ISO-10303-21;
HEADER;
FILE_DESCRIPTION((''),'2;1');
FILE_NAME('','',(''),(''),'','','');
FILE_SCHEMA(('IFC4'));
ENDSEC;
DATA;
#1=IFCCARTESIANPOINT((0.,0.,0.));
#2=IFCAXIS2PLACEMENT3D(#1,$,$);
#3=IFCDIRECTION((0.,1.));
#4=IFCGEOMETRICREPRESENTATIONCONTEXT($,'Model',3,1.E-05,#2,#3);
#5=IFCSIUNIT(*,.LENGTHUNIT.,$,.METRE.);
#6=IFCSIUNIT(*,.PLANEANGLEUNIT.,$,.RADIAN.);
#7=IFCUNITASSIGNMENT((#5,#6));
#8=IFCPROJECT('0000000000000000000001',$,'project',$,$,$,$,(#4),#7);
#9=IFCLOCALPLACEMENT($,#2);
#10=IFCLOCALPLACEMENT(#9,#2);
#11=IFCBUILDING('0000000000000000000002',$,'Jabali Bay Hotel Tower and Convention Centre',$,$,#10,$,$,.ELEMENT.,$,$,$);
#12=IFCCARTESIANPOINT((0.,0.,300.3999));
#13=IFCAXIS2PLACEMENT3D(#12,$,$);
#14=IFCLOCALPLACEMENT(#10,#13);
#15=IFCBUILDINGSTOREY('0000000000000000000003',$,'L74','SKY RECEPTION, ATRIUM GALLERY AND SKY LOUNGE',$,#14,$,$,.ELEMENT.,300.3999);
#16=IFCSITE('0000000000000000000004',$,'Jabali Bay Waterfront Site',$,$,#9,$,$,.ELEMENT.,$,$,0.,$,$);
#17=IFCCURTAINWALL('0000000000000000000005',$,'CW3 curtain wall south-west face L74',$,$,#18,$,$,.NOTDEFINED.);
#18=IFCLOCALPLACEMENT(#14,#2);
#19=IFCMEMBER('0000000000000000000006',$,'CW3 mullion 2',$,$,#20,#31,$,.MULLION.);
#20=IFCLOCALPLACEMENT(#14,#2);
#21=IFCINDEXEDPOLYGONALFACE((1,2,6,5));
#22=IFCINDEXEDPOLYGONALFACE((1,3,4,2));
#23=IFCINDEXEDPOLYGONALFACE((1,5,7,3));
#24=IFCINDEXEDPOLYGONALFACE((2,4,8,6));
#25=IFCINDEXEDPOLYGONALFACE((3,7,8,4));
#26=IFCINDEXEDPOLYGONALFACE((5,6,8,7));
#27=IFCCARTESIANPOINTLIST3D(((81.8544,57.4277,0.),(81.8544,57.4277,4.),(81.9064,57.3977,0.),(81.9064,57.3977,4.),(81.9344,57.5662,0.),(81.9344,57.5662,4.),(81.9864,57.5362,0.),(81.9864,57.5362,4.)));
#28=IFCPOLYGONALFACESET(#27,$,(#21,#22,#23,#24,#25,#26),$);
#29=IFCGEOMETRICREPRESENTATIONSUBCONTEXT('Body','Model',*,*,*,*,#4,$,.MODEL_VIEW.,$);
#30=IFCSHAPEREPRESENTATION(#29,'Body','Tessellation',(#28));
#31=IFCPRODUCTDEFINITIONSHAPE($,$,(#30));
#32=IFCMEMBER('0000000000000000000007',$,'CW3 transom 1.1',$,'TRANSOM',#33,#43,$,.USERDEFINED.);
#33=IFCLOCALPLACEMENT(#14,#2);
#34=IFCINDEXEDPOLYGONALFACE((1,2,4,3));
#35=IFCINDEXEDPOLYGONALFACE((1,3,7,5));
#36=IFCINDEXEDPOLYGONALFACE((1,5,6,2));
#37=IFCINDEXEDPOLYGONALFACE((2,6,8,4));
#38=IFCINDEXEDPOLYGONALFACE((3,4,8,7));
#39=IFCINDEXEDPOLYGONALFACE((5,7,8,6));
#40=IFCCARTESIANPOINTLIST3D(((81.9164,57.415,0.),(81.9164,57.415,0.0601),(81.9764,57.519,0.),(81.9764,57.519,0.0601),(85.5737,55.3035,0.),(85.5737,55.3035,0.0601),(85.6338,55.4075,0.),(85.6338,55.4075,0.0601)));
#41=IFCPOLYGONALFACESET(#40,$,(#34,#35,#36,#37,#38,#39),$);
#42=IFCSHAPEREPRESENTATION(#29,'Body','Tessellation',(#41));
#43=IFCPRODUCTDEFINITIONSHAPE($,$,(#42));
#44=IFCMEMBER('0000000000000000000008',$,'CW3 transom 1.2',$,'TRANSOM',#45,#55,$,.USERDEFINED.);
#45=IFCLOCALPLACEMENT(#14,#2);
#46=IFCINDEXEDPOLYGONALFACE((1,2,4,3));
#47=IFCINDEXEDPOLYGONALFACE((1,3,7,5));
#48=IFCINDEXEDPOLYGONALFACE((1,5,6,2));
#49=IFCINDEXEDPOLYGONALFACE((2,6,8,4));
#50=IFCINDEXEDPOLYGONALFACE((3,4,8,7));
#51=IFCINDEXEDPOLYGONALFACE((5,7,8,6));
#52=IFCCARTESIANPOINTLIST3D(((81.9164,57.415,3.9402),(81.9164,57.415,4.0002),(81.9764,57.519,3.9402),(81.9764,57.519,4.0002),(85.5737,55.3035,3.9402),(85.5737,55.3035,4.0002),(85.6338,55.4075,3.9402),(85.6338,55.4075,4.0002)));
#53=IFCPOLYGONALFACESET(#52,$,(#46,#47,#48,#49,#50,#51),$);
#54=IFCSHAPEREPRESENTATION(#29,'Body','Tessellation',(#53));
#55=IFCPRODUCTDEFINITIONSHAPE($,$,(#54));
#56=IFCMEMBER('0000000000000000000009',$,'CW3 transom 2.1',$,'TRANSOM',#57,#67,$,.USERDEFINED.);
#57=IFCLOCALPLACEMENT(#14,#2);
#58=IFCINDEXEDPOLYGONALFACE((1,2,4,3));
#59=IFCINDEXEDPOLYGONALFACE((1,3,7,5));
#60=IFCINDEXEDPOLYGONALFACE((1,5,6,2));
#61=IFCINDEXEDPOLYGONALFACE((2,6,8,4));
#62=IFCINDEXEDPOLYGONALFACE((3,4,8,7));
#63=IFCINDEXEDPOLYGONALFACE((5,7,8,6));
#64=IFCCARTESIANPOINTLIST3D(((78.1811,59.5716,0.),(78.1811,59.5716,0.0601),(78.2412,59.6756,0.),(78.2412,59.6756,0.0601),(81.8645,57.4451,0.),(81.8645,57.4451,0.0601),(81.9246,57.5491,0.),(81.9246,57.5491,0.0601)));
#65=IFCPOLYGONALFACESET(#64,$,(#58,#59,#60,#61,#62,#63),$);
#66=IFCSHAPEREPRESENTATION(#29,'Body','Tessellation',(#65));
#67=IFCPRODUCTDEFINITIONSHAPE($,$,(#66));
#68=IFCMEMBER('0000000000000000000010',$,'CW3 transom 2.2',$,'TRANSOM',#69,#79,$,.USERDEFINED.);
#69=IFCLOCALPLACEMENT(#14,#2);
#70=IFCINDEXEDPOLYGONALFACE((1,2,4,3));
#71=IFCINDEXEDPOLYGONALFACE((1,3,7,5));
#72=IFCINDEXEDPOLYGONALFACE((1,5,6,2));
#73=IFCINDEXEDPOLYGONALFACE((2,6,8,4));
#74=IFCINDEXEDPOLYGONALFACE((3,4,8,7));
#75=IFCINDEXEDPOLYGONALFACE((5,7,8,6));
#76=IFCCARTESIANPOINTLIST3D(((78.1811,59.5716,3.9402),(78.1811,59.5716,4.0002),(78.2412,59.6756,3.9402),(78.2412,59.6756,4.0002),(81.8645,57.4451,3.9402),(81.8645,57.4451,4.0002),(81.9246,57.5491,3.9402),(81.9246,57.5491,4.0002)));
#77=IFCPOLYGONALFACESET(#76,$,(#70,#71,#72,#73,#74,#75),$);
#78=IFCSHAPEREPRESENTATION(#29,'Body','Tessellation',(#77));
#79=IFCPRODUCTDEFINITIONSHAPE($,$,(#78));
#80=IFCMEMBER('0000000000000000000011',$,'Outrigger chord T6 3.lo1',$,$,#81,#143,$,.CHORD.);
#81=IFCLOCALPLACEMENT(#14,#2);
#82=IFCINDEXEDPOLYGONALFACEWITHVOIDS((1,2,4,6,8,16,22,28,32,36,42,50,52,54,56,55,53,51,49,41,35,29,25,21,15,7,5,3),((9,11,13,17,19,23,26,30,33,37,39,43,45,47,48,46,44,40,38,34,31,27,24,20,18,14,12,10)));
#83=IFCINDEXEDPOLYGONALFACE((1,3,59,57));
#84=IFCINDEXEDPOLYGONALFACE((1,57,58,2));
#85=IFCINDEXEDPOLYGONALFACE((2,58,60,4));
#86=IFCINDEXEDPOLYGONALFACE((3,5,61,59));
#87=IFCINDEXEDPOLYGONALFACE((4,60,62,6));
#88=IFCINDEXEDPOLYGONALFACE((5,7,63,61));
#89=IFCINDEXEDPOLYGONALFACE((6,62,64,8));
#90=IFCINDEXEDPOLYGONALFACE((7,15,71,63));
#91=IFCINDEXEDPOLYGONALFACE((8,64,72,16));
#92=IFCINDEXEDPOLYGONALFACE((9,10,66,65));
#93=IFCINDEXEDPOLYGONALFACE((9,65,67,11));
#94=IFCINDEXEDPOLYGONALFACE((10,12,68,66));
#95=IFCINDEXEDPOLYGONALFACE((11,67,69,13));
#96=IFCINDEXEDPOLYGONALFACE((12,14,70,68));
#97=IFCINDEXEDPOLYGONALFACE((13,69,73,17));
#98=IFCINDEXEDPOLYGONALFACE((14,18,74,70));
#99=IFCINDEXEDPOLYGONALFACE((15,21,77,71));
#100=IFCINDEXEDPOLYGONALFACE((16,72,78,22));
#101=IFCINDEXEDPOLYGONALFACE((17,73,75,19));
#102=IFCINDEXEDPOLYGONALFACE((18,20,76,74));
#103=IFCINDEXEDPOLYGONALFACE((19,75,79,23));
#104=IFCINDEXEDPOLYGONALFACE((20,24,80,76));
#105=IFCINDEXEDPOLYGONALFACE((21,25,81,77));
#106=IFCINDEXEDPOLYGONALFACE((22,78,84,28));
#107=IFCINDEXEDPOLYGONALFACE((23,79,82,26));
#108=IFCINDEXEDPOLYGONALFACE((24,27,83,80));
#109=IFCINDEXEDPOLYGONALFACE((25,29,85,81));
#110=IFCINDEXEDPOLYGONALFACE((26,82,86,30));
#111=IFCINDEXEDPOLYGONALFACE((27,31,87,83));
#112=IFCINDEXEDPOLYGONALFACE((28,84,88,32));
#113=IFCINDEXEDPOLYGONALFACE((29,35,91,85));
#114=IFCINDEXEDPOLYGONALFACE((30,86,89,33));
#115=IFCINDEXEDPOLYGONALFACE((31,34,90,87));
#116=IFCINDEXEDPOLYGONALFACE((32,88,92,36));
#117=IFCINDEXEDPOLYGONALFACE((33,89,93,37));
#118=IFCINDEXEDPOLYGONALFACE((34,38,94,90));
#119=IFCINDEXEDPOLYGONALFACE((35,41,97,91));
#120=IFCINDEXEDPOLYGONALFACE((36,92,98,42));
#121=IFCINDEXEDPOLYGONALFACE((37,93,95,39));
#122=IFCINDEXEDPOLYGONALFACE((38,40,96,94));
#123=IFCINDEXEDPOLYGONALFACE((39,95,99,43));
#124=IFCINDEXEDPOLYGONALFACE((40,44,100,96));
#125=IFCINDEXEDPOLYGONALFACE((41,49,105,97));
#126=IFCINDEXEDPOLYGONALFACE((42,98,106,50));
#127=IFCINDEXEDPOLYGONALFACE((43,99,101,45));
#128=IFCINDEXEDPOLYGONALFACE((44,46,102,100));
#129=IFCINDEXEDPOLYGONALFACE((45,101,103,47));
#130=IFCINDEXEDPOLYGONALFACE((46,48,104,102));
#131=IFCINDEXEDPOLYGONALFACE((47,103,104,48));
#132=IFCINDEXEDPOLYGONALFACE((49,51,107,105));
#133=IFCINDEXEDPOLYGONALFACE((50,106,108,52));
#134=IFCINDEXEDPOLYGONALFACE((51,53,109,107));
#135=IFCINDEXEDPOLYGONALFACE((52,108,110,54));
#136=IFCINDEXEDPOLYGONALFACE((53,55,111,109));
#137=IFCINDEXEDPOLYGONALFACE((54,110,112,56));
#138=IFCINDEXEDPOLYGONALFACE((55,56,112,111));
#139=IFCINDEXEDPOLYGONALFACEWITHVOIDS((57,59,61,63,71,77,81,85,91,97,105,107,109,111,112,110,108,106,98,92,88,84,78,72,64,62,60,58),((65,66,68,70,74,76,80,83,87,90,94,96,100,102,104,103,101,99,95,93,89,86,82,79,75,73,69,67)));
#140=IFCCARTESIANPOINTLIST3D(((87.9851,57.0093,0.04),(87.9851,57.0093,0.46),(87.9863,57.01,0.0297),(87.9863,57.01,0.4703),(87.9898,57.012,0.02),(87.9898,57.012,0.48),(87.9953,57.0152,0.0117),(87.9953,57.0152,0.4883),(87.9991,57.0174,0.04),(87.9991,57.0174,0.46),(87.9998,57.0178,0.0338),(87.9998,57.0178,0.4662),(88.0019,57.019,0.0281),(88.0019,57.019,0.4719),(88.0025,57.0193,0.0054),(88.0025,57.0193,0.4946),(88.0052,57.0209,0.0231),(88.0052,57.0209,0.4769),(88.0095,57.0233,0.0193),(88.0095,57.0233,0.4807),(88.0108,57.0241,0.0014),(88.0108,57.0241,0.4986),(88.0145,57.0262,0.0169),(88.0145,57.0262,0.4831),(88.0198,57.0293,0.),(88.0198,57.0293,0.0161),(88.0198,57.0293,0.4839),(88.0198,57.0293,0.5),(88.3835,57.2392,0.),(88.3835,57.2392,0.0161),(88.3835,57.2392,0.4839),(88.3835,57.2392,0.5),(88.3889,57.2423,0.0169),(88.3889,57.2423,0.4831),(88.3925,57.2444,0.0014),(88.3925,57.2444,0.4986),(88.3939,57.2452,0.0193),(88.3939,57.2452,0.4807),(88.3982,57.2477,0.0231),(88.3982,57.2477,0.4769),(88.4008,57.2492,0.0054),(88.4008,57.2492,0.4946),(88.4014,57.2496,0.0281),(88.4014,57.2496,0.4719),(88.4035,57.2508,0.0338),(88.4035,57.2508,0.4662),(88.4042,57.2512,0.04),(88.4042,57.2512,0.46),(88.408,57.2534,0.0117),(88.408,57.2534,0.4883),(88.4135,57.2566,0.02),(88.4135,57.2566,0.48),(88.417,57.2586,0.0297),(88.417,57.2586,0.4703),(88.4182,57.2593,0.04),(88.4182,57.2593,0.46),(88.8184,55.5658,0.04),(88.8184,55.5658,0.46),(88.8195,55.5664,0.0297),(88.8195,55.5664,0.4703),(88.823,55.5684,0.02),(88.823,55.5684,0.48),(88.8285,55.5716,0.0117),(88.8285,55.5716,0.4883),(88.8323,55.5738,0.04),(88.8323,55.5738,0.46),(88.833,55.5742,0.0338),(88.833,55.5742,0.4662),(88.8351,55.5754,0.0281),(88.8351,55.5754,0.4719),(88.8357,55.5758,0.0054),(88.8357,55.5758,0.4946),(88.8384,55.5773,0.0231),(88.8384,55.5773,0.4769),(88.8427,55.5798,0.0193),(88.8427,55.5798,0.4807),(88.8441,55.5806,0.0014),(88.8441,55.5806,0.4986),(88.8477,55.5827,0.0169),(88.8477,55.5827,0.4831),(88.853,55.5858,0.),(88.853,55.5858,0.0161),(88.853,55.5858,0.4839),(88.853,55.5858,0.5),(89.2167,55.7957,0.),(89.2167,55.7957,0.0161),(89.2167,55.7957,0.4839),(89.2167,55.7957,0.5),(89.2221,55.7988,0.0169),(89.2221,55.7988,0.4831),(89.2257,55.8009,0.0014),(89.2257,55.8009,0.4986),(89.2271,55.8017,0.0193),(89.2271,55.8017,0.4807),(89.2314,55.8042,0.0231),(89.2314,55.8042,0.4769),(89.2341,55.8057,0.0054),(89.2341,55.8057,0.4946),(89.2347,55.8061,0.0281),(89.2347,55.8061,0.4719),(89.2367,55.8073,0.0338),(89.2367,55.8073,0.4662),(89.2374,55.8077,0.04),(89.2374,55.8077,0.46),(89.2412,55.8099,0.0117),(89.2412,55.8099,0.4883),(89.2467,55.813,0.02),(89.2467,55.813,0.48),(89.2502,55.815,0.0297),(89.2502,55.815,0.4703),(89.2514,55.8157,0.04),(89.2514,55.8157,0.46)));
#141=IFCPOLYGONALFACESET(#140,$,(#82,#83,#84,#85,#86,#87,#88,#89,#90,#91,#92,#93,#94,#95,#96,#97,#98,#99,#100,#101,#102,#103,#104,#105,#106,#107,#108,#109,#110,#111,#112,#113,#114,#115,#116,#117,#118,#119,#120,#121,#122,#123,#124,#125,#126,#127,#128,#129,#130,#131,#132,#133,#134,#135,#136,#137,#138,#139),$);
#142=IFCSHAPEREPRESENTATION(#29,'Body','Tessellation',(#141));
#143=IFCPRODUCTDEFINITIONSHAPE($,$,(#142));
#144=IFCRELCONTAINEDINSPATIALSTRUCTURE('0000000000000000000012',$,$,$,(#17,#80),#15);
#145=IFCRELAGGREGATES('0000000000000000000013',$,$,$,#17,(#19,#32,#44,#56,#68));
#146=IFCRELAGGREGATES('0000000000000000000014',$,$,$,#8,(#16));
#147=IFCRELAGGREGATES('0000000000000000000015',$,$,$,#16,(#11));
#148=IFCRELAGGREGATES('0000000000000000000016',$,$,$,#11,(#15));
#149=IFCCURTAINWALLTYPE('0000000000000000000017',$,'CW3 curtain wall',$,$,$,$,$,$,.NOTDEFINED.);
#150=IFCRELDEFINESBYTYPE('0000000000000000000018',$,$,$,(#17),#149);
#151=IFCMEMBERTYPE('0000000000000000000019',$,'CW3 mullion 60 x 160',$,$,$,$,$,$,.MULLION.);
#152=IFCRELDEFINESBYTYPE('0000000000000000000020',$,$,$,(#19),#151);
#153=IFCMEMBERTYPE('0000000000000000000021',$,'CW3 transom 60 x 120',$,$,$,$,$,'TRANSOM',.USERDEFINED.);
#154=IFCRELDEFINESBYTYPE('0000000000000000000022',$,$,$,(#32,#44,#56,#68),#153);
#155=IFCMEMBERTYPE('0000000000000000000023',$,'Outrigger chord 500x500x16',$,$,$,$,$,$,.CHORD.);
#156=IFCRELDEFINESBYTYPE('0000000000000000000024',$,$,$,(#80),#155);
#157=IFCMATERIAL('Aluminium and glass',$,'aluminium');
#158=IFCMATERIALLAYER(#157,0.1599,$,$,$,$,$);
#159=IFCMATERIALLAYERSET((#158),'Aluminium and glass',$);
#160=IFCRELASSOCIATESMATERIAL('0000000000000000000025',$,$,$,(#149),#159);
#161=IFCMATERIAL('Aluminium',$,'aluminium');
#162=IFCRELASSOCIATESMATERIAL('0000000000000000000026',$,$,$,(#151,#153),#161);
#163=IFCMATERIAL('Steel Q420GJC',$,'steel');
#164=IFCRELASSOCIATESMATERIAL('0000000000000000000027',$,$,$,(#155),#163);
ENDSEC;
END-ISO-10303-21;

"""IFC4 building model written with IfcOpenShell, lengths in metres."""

from ifc_helpers import new_model, si_unit, direction, frame, origin, origin_2d, place, context, subcontext, project, spatial, rectangle, hollow_rectangle, extrude, material, layer, layer_set, material_profile, profile_set, type_object, element, aggregate, save


model = new_model("IFC4")

# Units and contexts
model_context = context("Model", 3, precision=1e-05, world=origin(), true_north=direction((0.0, 1.0)))
body_context = subcontext(model_context, "Body", "Model", "MODEL_VIEW")
ifc_project = project(units=[si_unit("LENGTHUNIT", "METRE"), si_unit("PLANEANGLEUNIT", "RADIAN")], contexts=[model_context])

# Site, building, storey
site_placement = place(None, origin())
site = spatial("IfcSite", under=ifc_project, at=site_placement, Name="Jabali Bay Waterfront Site", CompositionType="ELEMENT", RefElevation=0.0)
building_placement = place(site_placement, origin())
building = spatial("IfcBuilding", under=site, at=building_placement, Name="Jabali Bay Hotel Tower and Convention Centre", CompositionType="ELEMENT")
storey_placement = place(building_placement, frame((0.0, 0.0, 300.3999)))
storey = spatial("IfcBuildingStorey", under=building, at=storey_placement, Name="L74", Description="SKY RECEPTION, ATRIUM GALLERY AND SKY LOUNGE", CompositionType="ELEMENT", Elevation=300.3999)

# Shared definitions
ifc_material_1 = material(Name="Steel Q420GJC", Category="steel")

# Curtain wall, members
ifc_material_2 = material(Name="Aluminium and glass", Category="aluminium")
ifc_layer_1 = layer(ifc_material_2, 0.1599)
ifc_layer_set_1 = layer_set([ifc_layer_1], Name="Aluminium and glass")
curtain_wall_type = type_object("IfcCurtainWallType", Name="CW3 curtain wall", PredefinedType="NOTDEFINED", material=ifc_layer_set_1)
curtain_wall_placement = place(storey_placement, origin())
curtain_wall = element("IfcCurtainWall", 1, at=curtain_wall_placement, inside=storey, type_object=curtain_wall_type, Name="CW3 curtain wall south-west face L74", PredefinedType="NOTDEFINED")
ifc_material_3 = material(Name="Aluminium", Category="aluminium")
ifc_material_profile_1 = material_profile(ifc_material_3, rectangle(XDim=0.1599, YDim=0.0601, at=origin_2d()), Name="CW3 mullion 60 x 160")
ifc_profile_set_1 = profile_set([ifc_material_profile_1], Name="Aluminium")
member_type_1 = type_object("IfcMemberType", Name="CW3 mullion 60 x 160", PredefinedType="MULLION", material=ifc_profile_set_1)
member_1_placement = place(storey_placement, frame((81.9204, 57.4819, 0.0), z_axis=(0.0, 0.0, 1.0), x_axis=(-0.5, -0.866025, 0.0)))
member_1 = element("IfcMember", 2, at=member_1_placement, type_object=member_type_1, Name="CW3 mullion 2", PredefinedType="MULLION", context=body_context, shape_type="SweptSolid", body=[
    extrude(rectangle(XDim=0.1599, YDim=0.0601, at=origin_2d()), origin(), (0.0, 0.0, 1.0), 4.0),
])
ifc_material_profile_2 = material_profile(ifc_material_3, rectangle(XDim=0.1201, YDim=0.0601, at=origin_2d()), Name="CW3 transom 60 x 120")
ifc_profile_set_2 = profile_set([ifc_material_profile_2], Name="Aluminium")
member_type_2 = type_object("IfcMemberType", Name="CW3 transom 60 x 120", ElementType="TRANSOM", PredefinedType="USERDEFINED", material=ifc_profile_set_2)
member_2_placement = place(storey_placement, frame((85.6038, 55.3555, 0.03), z_axis=(-0.866033, 0.499988, 0.0), x_axis=(-0.499988, -0.866033, 0.0)))
member_2 = element("IfcMember", 3, at=member_2_placement, type_object=member_type_2, Name="CW3 transom 1.1", ObjectType="TRANSOM", PredefinedType="USERDEFINED", context=body_context, shape_type="SweptSolid", body=[
    extrude(rectangle(XDim=0.1201, YDim=0.0601, at=origin_2d()), origin(), (0.0, 0.0, 1.0), 4.2231),
])
member_3_placement = place(storey_placement, frame((85.6038, 55.3555, 3.9702), z_axis=(-0.866033, 0.499988, 0.0), x_axis=(-0.499988, -0.866033, 0.0)))
member_3 = element("IfcMember", 4, at=member_3_placement, type_object=member_type_2, Name="CW3 transom 1.2", ObjectType="TRANSOM", PredefinedType="USERDEFINED", context=body_context, shape_type="SweptSolid", body=[
    extrude(rectangle(XDim=0.1201, YDim=0.0601, at=origin_2d()), origin(), (0.0, 0.0, 1.0), 4.2231),
])
member_4_placement = place(storey_placement, frame((81.8945, 57.4971, 0.03), z_axis=(-0.866037, 0.499979, 0.0), x_axis=(-0.499979, -0.866037, 0.0)))
member_4 = element("IfcMember", 5, at=member_4_placement, type_object=member_type_2, Name="CW3 transom 2.1", ObjectType="TRANSOM", PredefinedType="USERDEFINED", context=body_context, shape_type="SweptSolid", body=[
    extrude(rectangle(XDim=0.1201, YDim=0.0601, at=origin_2d()), origin(), (0.0, 0.0, 1.0), 4.2532),
])
member_5_placement = place(storey_placement, frame((81.8945, 57.4971, 3.9702), z_axis=(-0.866037, 0.499979, 0.0), x_axis=(-0.499979, -0.866037, 0.0)))
member_5 = element("IfcMember", 6, at=member_5_placement, type_object=member_type_2, Name="CW3 transom 2.2", ObjectType="TRANSOM", PredefinedType="USERDEFINED", context=body_context, shape_type="SweptSolid", body=[
    extrude(rectangle(XDim=0.1201, YDim=0.0601, at=origin_2d()), origin(), (0.0, 0.0, 1.0), 4.2532),
])

# Member
ifc_material_profile_3 = material_profile(ifc_material_1, hollow_rectangle(XDim=0.5, YDim=0.5, WallThickness=0.0161, InnerFilletRadius=0.0239, OuterFilletRadius=0.04, at=origin_2d()), Name="Outrigger chord 500x500x16")
ifc_profile_set_3 = profile_set([ifc_material_profile_3], Name="Steel Q420GJC")
member_type_3 = type_object("IfcMemberType", Name="Outrigger chord 500x500x16", PredefinedType="CHORD", material=ifc_profile_set_3)
member_6_placement = place(storey_placement, frame((88.2017, 57.1343, 0.25), z_axis=(0.499904, -0.866081, 0.0), x_axis=(0.866081, 0.499904, 0.0)))
element("IfcMember", 7, at=member_6_placement, inside=storey, type_object=member_type_3, Name="Outrigger chord T6 3.lo1", PredefinedType="CHORD", context=body_context, shape_type="SweptSolid", body=[
    extrude(hollow_rectangle(XDim=0.5, YDim=0.5, WallThickness=0.0161, InnerFilletRadius=0.0239, OuterFilletRadius=0.04, at=origin_2d()), origin(), (0.0, 0.0, 1.0), 1.6667),
])

aggregate(curtain_wall, [member_1, member_2, member_3, member_4, member_5])

save(model, "model.ifc")
